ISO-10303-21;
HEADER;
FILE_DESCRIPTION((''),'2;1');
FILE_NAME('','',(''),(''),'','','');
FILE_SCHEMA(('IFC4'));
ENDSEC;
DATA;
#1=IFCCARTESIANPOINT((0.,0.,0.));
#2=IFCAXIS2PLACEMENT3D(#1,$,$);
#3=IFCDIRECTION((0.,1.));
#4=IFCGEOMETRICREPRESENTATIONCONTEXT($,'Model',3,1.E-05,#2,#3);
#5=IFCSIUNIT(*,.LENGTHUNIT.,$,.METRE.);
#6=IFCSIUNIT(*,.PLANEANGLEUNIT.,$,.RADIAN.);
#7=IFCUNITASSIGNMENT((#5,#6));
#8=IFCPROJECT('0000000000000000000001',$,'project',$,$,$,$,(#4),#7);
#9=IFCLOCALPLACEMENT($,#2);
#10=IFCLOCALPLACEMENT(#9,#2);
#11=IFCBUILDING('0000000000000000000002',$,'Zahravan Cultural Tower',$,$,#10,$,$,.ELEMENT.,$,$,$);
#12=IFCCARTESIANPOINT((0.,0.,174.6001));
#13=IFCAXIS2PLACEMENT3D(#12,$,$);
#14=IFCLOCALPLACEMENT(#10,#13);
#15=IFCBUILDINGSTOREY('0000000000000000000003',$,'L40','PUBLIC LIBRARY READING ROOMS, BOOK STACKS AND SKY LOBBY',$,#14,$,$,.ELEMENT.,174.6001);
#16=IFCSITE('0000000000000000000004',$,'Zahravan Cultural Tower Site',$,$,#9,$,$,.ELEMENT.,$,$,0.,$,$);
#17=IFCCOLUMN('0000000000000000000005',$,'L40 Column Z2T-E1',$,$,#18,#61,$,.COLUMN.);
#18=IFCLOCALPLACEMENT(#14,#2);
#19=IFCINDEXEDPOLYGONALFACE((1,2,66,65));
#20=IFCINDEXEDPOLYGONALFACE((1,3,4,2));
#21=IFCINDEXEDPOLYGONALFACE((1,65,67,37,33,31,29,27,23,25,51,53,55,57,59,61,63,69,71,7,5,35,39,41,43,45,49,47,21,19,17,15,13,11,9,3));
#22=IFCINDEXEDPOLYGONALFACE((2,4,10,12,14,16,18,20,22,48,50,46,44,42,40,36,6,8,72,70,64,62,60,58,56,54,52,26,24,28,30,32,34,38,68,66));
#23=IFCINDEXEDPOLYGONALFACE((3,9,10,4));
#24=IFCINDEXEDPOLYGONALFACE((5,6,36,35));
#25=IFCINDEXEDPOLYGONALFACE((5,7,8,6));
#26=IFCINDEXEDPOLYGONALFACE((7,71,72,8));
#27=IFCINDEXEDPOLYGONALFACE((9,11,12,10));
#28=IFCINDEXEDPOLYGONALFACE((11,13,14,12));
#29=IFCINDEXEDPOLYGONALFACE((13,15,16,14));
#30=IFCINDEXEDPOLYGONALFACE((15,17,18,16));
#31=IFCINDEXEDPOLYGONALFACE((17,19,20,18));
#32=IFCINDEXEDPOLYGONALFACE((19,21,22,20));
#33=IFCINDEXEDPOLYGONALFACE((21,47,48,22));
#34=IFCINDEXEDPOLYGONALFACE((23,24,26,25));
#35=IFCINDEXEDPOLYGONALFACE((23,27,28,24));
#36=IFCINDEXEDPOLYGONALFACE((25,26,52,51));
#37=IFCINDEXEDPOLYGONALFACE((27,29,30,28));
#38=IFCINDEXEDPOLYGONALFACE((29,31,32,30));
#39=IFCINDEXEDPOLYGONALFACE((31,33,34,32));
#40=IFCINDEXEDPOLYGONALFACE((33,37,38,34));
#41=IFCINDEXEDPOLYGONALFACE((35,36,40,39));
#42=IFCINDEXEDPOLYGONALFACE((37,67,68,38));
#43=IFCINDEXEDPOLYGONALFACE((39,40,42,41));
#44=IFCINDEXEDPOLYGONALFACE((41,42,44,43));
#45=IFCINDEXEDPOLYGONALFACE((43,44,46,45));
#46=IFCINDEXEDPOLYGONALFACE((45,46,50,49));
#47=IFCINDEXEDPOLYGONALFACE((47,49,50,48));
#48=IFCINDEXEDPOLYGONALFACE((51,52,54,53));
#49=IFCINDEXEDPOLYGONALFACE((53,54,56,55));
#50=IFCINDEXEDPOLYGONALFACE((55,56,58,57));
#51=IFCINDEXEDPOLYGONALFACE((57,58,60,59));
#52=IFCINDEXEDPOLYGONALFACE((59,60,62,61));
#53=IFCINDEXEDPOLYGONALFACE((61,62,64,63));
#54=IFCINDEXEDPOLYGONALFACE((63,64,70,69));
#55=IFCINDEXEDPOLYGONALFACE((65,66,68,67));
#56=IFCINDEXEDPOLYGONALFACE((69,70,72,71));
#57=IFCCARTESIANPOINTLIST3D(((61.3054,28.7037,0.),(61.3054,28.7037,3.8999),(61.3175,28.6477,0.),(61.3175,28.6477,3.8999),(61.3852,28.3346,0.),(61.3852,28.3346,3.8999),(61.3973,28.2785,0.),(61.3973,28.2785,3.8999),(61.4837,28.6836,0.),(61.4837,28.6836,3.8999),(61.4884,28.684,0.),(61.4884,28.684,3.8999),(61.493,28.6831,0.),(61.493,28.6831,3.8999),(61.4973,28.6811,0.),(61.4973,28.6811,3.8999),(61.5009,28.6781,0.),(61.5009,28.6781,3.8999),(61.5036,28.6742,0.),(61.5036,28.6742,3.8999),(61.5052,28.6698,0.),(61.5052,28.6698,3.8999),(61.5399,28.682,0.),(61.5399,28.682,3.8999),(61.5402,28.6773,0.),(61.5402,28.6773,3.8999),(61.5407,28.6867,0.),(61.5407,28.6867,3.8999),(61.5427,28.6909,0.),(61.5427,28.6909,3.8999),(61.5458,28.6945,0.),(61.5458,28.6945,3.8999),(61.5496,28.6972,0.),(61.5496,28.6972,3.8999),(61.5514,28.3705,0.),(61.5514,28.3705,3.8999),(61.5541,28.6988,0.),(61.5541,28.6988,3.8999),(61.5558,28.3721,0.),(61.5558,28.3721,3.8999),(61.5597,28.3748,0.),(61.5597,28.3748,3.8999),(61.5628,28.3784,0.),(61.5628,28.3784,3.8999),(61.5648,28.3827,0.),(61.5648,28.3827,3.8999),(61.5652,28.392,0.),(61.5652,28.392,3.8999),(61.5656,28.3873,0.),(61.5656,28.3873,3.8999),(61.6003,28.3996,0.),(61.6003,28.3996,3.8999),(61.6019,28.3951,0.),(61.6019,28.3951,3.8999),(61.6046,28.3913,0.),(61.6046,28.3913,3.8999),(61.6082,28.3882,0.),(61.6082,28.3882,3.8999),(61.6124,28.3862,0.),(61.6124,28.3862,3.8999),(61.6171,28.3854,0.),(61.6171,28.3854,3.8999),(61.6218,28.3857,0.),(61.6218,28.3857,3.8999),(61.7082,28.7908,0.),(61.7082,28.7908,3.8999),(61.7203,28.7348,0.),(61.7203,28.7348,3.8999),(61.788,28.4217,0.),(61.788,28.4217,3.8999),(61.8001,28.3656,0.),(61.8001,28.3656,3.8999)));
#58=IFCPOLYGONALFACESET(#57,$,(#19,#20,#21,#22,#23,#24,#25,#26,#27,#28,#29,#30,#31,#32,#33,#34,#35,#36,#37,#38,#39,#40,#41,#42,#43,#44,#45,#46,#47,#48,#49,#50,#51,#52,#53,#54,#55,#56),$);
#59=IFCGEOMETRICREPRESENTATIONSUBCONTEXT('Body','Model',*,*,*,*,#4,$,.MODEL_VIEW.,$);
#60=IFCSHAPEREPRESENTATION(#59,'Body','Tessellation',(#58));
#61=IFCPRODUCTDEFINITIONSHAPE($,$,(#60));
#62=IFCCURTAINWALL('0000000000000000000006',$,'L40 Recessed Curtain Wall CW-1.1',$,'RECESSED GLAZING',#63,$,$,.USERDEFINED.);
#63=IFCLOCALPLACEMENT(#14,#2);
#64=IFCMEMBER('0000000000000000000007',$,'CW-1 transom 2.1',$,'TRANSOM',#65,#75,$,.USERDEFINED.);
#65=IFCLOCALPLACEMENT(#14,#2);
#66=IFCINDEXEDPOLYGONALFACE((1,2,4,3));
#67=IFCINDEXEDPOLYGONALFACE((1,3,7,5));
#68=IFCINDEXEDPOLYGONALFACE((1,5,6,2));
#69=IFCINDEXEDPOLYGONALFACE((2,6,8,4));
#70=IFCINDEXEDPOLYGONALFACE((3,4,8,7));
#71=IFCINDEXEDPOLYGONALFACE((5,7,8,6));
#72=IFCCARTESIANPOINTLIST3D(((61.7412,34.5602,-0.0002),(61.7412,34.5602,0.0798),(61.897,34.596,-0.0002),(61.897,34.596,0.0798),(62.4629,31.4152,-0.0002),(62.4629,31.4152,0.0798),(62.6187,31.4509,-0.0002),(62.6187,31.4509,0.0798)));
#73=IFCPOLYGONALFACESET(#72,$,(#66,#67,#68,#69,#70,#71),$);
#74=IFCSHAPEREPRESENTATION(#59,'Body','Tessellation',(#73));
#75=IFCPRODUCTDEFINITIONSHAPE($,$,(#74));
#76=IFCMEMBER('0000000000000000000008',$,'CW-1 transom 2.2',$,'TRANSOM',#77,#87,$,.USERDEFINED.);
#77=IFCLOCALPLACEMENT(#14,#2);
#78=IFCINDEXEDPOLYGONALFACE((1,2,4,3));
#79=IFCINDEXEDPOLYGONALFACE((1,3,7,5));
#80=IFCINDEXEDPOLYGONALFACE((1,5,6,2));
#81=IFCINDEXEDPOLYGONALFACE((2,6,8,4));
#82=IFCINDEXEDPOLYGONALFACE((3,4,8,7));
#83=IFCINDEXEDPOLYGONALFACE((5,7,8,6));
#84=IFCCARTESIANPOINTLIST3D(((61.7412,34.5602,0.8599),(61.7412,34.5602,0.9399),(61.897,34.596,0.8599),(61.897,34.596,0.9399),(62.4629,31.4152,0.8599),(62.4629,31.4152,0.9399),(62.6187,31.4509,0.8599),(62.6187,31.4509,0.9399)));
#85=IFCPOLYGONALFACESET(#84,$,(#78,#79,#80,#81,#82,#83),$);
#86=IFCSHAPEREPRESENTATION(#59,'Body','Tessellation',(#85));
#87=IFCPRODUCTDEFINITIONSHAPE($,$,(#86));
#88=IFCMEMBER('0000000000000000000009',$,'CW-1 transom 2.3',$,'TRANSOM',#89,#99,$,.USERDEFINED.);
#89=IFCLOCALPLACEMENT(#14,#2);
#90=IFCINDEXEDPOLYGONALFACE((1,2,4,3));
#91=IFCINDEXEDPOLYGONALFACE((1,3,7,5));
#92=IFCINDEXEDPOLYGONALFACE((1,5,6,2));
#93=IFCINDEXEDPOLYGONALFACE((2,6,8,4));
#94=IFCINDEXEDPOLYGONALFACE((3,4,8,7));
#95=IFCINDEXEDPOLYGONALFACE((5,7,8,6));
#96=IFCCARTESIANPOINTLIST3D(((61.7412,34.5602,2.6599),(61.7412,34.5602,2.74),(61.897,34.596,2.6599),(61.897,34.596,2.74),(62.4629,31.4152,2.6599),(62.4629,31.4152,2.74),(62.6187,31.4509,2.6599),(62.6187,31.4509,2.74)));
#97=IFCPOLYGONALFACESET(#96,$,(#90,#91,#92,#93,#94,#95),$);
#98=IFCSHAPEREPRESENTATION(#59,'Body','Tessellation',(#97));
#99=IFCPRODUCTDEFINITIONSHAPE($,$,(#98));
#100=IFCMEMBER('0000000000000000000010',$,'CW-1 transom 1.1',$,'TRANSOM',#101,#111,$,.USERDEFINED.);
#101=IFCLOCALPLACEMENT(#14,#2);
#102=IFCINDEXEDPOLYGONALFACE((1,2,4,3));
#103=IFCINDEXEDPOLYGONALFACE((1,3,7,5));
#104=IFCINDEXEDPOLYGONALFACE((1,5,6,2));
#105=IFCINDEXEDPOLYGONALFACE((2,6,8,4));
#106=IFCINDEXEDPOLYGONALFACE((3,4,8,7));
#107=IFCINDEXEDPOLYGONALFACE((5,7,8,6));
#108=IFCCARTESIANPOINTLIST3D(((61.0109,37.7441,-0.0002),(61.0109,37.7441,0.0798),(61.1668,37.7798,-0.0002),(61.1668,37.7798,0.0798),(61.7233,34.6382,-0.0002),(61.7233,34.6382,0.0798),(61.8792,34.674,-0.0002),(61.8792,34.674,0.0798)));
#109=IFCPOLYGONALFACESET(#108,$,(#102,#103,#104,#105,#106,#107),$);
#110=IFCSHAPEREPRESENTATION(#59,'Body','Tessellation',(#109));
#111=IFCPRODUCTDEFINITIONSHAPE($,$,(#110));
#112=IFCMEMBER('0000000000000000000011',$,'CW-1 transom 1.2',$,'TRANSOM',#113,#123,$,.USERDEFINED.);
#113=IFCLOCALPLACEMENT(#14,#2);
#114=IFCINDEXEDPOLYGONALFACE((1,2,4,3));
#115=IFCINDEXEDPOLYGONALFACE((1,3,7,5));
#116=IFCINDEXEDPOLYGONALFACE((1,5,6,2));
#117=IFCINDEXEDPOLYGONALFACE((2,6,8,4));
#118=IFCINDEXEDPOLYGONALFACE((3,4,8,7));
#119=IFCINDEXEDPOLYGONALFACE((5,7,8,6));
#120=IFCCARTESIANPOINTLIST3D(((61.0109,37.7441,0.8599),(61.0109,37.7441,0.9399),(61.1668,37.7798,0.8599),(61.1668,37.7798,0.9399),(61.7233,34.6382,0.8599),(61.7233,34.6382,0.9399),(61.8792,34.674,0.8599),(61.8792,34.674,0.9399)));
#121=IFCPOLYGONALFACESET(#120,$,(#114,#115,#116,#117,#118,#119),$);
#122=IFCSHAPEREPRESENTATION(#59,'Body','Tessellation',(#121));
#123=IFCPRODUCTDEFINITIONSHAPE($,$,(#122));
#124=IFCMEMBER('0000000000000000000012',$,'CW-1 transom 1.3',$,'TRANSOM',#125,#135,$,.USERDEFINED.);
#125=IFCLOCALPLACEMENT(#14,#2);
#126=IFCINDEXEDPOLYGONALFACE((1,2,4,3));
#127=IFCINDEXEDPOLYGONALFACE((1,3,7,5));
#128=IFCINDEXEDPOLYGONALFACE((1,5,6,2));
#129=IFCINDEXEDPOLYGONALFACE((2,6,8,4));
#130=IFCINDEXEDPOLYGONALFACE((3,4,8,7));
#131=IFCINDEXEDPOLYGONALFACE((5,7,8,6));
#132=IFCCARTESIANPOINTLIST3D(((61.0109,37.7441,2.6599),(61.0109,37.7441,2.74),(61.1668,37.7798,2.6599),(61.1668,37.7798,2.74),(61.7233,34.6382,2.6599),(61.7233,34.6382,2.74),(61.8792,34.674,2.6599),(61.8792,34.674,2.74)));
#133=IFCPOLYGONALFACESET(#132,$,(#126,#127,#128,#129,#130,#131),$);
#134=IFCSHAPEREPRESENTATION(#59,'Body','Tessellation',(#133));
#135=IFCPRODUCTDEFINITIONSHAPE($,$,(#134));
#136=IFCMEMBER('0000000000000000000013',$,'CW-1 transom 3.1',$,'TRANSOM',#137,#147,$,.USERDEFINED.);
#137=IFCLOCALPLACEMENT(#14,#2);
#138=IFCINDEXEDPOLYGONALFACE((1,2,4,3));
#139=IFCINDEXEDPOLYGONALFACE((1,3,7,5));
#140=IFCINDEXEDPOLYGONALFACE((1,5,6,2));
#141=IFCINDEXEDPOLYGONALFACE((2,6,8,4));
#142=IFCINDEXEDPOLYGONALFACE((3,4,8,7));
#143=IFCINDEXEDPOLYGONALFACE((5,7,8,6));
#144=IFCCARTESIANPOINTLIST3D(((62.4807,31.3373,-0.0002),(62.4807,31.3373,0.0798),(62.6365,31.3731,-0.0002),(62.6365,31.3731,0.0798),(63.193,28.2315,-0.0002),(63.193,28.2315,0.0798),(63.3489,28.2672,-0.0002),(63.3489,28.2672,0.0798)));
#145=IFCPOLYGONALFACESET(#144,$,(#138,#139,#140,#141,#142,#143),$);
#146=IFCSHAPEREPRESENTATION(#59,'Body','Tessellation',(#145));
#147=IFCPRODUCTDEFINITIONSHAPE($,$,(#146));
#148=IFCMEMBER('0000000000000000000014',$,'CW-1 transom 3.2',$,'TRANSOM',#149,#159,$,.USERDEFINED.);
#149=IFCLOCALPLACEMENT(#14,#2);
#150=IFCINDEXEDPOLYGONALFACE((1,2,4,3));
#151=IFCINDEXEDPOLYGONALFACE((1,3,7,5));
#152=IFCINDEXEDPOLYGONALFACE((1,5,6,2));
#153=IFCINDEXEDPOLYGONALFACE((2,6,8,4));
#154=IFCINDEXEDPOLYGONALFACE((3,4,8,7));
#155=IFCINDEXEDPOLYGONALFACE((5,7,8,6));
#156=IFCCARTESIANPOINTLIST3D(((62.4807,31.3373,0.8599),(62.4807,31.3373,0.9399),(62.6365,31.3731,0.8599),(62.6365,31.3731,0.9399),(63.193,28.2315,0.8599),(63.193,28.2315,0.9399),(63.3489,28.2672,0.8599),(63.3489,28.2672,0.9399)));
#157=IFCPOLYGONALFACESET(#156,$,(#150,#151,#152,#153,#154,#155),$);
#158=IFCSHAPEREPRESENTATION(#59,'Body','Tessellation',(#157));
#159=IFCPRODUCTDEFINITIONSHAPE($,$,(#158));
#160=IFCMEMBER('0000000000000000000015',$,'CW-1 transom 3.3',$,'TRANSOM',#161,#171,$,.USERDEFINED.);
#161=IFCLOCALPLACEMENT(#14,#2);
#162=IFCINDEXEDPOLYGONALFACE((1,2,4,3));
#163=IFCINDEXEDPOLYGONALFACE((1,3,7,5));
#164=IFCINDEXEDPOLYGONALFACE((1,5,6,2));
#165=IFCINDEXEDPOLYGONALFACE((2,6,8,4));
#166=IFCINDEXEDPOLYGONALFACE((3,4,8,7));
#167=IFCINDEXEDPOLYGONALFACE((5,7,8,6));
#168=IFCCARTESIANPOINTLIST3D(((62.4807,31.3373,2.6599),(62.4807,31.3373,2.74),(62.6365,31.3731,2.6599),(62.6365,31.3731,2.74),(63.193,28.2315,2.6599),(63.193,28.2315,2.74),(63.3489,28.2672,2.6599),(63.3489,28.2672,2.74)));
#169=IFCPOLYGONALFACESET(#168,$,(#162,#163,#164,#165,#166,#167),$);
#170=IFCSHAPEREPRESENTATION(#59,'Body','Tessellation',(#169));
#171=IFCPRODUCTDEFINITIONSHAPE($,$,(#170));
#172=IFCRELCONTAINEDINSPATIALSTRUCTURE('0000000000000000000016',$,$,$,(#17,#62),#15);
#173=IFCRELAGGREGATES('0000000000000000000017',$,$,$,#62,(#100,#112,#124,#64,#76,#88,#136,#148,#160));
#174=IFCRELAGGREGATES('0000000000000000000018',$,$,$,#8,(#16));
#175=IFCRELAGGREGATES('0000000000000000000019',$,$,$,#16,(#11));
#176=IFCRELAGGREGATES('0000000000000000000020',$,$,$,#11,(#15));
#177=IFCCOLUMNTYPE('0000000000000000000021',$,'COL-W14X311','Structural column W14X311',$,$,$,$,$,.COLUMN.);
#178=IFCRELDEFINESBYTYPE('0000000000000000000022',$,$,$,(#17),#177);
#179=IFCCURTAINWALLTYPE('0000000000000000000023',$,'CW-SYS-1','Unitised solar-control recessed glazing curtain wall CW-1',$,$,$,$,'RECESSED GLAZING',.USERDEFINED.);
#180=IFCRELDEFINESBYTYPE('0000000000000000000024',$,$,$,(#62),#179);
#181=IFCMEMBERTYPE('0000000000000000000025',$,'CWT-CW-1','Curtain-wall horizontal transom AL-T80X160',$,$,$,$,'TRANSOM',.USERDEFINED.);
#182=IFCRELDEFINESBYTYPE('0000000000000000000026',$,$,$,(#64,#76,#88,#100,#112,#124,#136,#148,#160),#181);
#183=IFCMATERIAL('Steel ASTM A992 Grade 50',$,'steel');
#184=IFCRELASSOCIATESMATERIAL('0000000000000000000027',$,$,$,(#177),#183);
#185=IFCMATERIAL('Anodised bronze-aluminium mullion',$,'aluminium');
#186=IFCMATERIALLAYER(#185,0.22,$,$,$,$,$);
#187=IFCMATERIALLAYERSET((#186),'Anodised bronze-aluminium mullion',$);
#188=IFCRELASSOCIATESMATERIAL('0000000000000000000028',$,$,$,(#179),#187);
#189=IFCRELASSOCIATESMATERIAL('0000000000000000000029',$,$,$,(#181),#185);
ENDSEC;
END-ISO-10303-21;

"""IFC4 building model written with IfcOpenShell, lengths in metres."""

from ifc_helpers import new_model, si_unit, direction, frame, origin, origin_2d, place, context, subcontext, project, spatial, rectangle, i_section, extrude, source, transform, mapped, material, layer, layer_set, material_profile, profile_set, type_object, element, aggregate, save


model = new_model("IFC4")

# Units and contexts
model_context = context("Model", 3, precision=1e-05, world=origin(), true_north=direction((0.0, 1.0)))
body_context = subcontext(model_context, "Body", "Model", "MODEL_VIEW")
ifc_project = project(units=[si_unit("LENGTHUNIT", "METRE"), si_unit("PLANEANGLEUNIT", "RADIAN")], contexts=[model_context])

# Site, building, storey
site_placement = place(None, origin())
site = spatial("IfcSite", under=ifc_project, at=site_placement, Name="Zahravan Cultural Tower Site", CompositionType="ELEMENT", RefElevation=0.0)
building_placement = place(site_placement, origin())
building = spatial("IfcBuilding", under=site, at=building_placement, Name="Zahravan Cultural Tower", CompositionType="ELEMENT")
storey_placement = place(building_placement, frame((0.0, 0.0, 174.6001)))
storey = spatial("IfcBuildingStorey", under=building, at=storey_placement, Name="L40", Description="PUBLIC LIBRARY READING ROOMS, BOOK STACKS AND SKY LOBBY", CompositionType="ELEMENT", Elevation=174.6001)

# Column
ifc_material_1 = material(Name="Steel ASTM A992 Grade 50", Category="steel")
ifc_material_profile_1 = material_profile(ifc_material_1, i_section(OverallWidth=0.4121, OverallDepth=0.4351, WebThickness=0.0359, FlangeThickness=0.0574, FilletRadius=0.0181, at=origin_2d()), Name="W14X311")
ifc_profile_set_1 = profile_set([ifc_material_profile_1], Name="Steel ASTM A992 Grade 50")
column_type = type_object("IfcColumnType", Name="COL-W14X311", Description="Structural column W14X311", PredefinedType="COLUMN", material=ifc_profile_set_1)
shared_shape_1 = source(origin(), body_context, "Body", "SweptSolid", [
    extrude(i_section(OverallWidth=0.4121, OverallDepth=0.4351, WebThickness=0.0359, FlangeThickness=0.0574, FilletRadius=0.0181, at=origin_2d()), origin(), (0.0, 0.0, 1.0), 3.8999),
])
column_placement = place(storey_placement, frame((61.5527, 28.5347, 0.0), z_axis=(0.0, 0.0, 1.0), x_axis=(0.977416, 0.211325, 0.0)))
element("IfcColumn", 1, at=column_placement, inside=storey, type_object=column_type, Name="L40 Column Z2T-E1", PredefinedType="COLUMN", context=body_context, shape_type="MappedRepresentation", body=[
    mapped(shared_shape_1, transform((0.0, 0.0, 0.0), x_axis=(1.0, 0.0, 0.0), y_axis=(0.0, 1.0, 0.0), z_axis=(0.0, 0.0, 1.0), scale=1.0)),
])

# Curtain wall, members
ifc_material_2 = material(Name="Anodised bronze-aluminium mullion", Category="aluminium")
ifc_layer_1 = layer(ifc_material_2, 0.22)
ifc_layer_set_1 = layer_set([ifc_layer_1], Name="Anodised bronze-aluminium mullion")
curtain_wall_type = type_object("IfcCurtainWallType", Name="CW-SYS-1", Description="Unitised solar-control recessed glazing curtain wall CW-1", ElementType="RECESSED GLAZING", PredefinedType="USERDEFINED", material=ifc_layer_set_1)
curtain_wall_placement = place(storey_placement, origin())
curtain_wall = element("IfcCurtainWall", 2, at=curtain_wall_placement, inside=storey, type_object=curtain_wall_type, Name="L40 Recessed Curtain Wall CW-1.1", ObjectType="RECESSED GLAZING", PredefinedType="USERDEFINED")
ifc_material_profile_2 = material_profile(ifc_material_2, rectangle(XDim=0.1599, YDim=0.0801, at=origin_2d()), Name="AL-T80X160")
ifc_profile_set_2 = profile_set([ifc_material_profile_2], Name="Anodised bronze-aluminium mullion")
member_type_1 = type_object("IfcMemberType", Name="CWT-CW-1", Description="Curtain-wall horizontal transom AL-T80X160", ElementType="TRANSOM", PredefinedType="USERDEFINED", material=ifc_profile_set_2)
shared_shape_2 = source(origin(), body_context, "Body", "SweptSolid", [
    extrude(rectangle(XDim=0.1599, YDim=0.0801, at=origin_2d()), origin(), (0.0, 0.0, 1.0), 3.2268),
])
member_1_placement = place(storey_placement, frame((61.8191, 34.5781, 0.0398), z_axis=(0.223655, -0.974668, 0.0), x_axis=(0.974668, 0.223655, 0.0)))
member_1 = element("IfcMember", 3, at=member_1_placement, type_object=member_type_1, Name="CW-1 transom 2.1", ObjectType="TRANSOM", PredefinedType="USERDEFINED", context=body_context, shape_type="MappedRepresentation", body=[
    mapped(shared_shape_2, transform((0.0, 0.0, 0.0), x_axis=(1.0, 0.0, 0.0), y_axis=(0.0, 1.0, 0.0), z_axis=(0.0, 0.0, 1.0), scale=1.0)),
])
member_2_placement = place(storey_placement, frame((61.8191, 34.5781, 0.8999), z_axis=(0.223655, -0.974668, 0.0), x_axis=(0.974668, 0.223655, 0.0)))
member_2 = element("IfcMember", 4, at=member_2_placement, type_object=member_type_1, Name="CW-1 transom 2.2", ObjectType="TRANSOM", PredefinedType="USERDEFINED", context=body_context, shape_type="MappedRepresentation", body=[
    mapped(shared_shape_2, transform((0.0, 0.0, 0.0), x_axis=(1.0, 0.0, 0.0), y_axis=(0.0, 1.0, 0.0), z_axis=(0.0, 0.0, 1.0), scale=1.0)),
])
member_3_placement = place(storey_placement, frame((61.8191, 34.5781, 2.7), z_axis=(0.223655, -0.974668, 0.0), x_axis=(0.974668, 0.223655, 0.0)))
member_3 = element("IfcMember", 5, at=member_3_placement, type_object=member_type_1, Name="CW-1 transom 2.3", ObjectType="TRANSOM", PredefinedType="USERDEFINED", context=body_context, shape_type="MappedRepresentation", body=[
    mapped(shared_shape_2, transform((0.0, 0.0, 0.0), x_axis=(1.0, 0.0, 0.0), y_axis=(0.0, 1.0, 0.0), z_axis=(0.0, 0.0, 1.0), scale=1.0)),
])
shared_shape_3 = source(origin(), body_context, "Body", "SweptSolid", [
    extrude(rectangle(XDim=0.1599, YDim=0.0801, at=origin_2d()), origin(), (0.0, 0.0, 1.0), 3.1865),
])
member_4_placement = place(storey_placement, frame((61.0889, 37.762, 0.0398), z_axis=(0.223561, -0.97469, 0.0), x_axis=(0.97469, 0.223561, 0.0)))
member_4 = element("IfcMember", 6, at=member_4_placement, type_object=member_type_1, Name="CW-1 transom 1.1", ObjectType="TRANSOM", PredefinedType="USERDEFINED", context=body_context, shape_type="MappedRepresentation", body=[
    mapped(shared_shape_3, transform((0.0, 0.0, 0.0), x_axis=(1.0, 0.0, 0.0), y_axis=(0.0, 1.0, 0.0), z_axis=(0.0, 0.0, 1.0), scale=1.0)),
])
member_5_placement = place(storey_placement, frame((61.0889, 37.762, 0.8999), z_axis=(0.223561, -0.97469, 0.0), x_axis=(0.97469, 0.223561, 0.0)))
member_5 = element("IfcMember", 7, at=member_5_placement, type_object=member_type_1, Name="CW-1 transom 1.2", ObjectType="TRANSOM", PredefinedType="USERDEFINED", context=body_context, shape_type="MappedRepresentation", body=[
    mapped(shared_shape_3, transform((0.0, 0.0, 0.0), x_axis=(1.0, 0.0, 0.0), y_axis=(0.0, 1.0, 0.0), z_axis=(0.0, 0.0, 1.0), scale=1.0)),
])
member_6_placement = place(storey_placement, frame((61.0889, 37.762, 2.7), z_axis=(0.223561, -0.97469, 0.0), x_axis=(0.97469, 0.223561, 0.0)))
member_6 = element("IfcMember", 8, at=member_6_placement, type_object=member_type_1, Name="CW-1 transom 1.3", ObjectType="TRANSOM", PredefinedType="USERDEFINED", context=body_context, shape_type="MappedRepresentation", body=[
    mapped(shared_shape_3, transform((0.0, 0.0, 0.0), x_axis=(1.0, 0.0, 0.0), y_axis=(0.0, 1.0, 0.0), z_axis=(0.0, 0.0, 1.0), scale=1.0)),
])
member_7_placement = place(storey_placement, frame((62.5586, 31.3552, 0.0398), z_axis=(0.223561, -0.97469, 0.0), x_axis=(0.97469, 0.223561, 0.0)))
member_7 = element("IfcMember", 9, at=member_7_placement, type_object=member_type_1, Name="CW-1 transom 3.1", ObjectType="TRANSOM", PredefinedType="USERDEFINED", context=body_context, shape_type="MappedRepresentation", body=[
    mapped(shared_shape_3, transform((0.0, 0.0, 0.0), x_axis=(1.0, 0.0, 0.0), y_axis=(0.0, 1.0, 0.0), z_axis=(0.0, 0.0, 1.0), scale=1.0)),
])
member_8_placement = place(storey_placement, frame((62.5586, 31.3552, 0.8999), z_axis=(0.223561, -0.97469, 0.0), x_axis=(0.97469, 0.223561, 0.0)))
member_8 = element("IfcMember", 10, at=member_8_placement, type_object=member_type_1, Name="CW-1 transom 3.2", ObjectType="TRANSOM", PredefinedType="USERDEFINED", context=body_context, shape_type="MappedRepresentation", body=[
    mapped(shared_shape_3, transform((0.0, 0.0, 0.0), x_axis=(1.0, 0.0, 0.0), y_axis=(0.0, 1.0, 0.0), z_axis=(0.0, 0.0, 1.0), scale=1.0)),
])
member_9_placement = place(storey_placement, frame((62.5586, 31.3552, 2.7), z_axis=(0.223561, -0.97469, 0.0), x_axis=(0.97469, 0.223561, 0.0)))
member_9 = element("IfcMember", 11, at=member_9_placement, type_object=member_type_1, Name="CW-1 transom 3.3", ObjectType="TRANSOM", PredefinedType="USERDEFINED", context=body_context, shape_type="MappedRepresentation", body=[
    mapped(shared_shape_3, transform((0.0, 0.0, 0.0), x_axis=(1.0, 0.0, 0.0), y_axis=(0.0, 1.0, 0.0), z_axis=(0.0, 0.0, 1.0), scale=1.0)),
])
aggregate(curtain_wall, [member_4, member_5, member_6, member_1, member_2, member_3, member_7, member_8, member_9])

save(model, "model.ifc")
